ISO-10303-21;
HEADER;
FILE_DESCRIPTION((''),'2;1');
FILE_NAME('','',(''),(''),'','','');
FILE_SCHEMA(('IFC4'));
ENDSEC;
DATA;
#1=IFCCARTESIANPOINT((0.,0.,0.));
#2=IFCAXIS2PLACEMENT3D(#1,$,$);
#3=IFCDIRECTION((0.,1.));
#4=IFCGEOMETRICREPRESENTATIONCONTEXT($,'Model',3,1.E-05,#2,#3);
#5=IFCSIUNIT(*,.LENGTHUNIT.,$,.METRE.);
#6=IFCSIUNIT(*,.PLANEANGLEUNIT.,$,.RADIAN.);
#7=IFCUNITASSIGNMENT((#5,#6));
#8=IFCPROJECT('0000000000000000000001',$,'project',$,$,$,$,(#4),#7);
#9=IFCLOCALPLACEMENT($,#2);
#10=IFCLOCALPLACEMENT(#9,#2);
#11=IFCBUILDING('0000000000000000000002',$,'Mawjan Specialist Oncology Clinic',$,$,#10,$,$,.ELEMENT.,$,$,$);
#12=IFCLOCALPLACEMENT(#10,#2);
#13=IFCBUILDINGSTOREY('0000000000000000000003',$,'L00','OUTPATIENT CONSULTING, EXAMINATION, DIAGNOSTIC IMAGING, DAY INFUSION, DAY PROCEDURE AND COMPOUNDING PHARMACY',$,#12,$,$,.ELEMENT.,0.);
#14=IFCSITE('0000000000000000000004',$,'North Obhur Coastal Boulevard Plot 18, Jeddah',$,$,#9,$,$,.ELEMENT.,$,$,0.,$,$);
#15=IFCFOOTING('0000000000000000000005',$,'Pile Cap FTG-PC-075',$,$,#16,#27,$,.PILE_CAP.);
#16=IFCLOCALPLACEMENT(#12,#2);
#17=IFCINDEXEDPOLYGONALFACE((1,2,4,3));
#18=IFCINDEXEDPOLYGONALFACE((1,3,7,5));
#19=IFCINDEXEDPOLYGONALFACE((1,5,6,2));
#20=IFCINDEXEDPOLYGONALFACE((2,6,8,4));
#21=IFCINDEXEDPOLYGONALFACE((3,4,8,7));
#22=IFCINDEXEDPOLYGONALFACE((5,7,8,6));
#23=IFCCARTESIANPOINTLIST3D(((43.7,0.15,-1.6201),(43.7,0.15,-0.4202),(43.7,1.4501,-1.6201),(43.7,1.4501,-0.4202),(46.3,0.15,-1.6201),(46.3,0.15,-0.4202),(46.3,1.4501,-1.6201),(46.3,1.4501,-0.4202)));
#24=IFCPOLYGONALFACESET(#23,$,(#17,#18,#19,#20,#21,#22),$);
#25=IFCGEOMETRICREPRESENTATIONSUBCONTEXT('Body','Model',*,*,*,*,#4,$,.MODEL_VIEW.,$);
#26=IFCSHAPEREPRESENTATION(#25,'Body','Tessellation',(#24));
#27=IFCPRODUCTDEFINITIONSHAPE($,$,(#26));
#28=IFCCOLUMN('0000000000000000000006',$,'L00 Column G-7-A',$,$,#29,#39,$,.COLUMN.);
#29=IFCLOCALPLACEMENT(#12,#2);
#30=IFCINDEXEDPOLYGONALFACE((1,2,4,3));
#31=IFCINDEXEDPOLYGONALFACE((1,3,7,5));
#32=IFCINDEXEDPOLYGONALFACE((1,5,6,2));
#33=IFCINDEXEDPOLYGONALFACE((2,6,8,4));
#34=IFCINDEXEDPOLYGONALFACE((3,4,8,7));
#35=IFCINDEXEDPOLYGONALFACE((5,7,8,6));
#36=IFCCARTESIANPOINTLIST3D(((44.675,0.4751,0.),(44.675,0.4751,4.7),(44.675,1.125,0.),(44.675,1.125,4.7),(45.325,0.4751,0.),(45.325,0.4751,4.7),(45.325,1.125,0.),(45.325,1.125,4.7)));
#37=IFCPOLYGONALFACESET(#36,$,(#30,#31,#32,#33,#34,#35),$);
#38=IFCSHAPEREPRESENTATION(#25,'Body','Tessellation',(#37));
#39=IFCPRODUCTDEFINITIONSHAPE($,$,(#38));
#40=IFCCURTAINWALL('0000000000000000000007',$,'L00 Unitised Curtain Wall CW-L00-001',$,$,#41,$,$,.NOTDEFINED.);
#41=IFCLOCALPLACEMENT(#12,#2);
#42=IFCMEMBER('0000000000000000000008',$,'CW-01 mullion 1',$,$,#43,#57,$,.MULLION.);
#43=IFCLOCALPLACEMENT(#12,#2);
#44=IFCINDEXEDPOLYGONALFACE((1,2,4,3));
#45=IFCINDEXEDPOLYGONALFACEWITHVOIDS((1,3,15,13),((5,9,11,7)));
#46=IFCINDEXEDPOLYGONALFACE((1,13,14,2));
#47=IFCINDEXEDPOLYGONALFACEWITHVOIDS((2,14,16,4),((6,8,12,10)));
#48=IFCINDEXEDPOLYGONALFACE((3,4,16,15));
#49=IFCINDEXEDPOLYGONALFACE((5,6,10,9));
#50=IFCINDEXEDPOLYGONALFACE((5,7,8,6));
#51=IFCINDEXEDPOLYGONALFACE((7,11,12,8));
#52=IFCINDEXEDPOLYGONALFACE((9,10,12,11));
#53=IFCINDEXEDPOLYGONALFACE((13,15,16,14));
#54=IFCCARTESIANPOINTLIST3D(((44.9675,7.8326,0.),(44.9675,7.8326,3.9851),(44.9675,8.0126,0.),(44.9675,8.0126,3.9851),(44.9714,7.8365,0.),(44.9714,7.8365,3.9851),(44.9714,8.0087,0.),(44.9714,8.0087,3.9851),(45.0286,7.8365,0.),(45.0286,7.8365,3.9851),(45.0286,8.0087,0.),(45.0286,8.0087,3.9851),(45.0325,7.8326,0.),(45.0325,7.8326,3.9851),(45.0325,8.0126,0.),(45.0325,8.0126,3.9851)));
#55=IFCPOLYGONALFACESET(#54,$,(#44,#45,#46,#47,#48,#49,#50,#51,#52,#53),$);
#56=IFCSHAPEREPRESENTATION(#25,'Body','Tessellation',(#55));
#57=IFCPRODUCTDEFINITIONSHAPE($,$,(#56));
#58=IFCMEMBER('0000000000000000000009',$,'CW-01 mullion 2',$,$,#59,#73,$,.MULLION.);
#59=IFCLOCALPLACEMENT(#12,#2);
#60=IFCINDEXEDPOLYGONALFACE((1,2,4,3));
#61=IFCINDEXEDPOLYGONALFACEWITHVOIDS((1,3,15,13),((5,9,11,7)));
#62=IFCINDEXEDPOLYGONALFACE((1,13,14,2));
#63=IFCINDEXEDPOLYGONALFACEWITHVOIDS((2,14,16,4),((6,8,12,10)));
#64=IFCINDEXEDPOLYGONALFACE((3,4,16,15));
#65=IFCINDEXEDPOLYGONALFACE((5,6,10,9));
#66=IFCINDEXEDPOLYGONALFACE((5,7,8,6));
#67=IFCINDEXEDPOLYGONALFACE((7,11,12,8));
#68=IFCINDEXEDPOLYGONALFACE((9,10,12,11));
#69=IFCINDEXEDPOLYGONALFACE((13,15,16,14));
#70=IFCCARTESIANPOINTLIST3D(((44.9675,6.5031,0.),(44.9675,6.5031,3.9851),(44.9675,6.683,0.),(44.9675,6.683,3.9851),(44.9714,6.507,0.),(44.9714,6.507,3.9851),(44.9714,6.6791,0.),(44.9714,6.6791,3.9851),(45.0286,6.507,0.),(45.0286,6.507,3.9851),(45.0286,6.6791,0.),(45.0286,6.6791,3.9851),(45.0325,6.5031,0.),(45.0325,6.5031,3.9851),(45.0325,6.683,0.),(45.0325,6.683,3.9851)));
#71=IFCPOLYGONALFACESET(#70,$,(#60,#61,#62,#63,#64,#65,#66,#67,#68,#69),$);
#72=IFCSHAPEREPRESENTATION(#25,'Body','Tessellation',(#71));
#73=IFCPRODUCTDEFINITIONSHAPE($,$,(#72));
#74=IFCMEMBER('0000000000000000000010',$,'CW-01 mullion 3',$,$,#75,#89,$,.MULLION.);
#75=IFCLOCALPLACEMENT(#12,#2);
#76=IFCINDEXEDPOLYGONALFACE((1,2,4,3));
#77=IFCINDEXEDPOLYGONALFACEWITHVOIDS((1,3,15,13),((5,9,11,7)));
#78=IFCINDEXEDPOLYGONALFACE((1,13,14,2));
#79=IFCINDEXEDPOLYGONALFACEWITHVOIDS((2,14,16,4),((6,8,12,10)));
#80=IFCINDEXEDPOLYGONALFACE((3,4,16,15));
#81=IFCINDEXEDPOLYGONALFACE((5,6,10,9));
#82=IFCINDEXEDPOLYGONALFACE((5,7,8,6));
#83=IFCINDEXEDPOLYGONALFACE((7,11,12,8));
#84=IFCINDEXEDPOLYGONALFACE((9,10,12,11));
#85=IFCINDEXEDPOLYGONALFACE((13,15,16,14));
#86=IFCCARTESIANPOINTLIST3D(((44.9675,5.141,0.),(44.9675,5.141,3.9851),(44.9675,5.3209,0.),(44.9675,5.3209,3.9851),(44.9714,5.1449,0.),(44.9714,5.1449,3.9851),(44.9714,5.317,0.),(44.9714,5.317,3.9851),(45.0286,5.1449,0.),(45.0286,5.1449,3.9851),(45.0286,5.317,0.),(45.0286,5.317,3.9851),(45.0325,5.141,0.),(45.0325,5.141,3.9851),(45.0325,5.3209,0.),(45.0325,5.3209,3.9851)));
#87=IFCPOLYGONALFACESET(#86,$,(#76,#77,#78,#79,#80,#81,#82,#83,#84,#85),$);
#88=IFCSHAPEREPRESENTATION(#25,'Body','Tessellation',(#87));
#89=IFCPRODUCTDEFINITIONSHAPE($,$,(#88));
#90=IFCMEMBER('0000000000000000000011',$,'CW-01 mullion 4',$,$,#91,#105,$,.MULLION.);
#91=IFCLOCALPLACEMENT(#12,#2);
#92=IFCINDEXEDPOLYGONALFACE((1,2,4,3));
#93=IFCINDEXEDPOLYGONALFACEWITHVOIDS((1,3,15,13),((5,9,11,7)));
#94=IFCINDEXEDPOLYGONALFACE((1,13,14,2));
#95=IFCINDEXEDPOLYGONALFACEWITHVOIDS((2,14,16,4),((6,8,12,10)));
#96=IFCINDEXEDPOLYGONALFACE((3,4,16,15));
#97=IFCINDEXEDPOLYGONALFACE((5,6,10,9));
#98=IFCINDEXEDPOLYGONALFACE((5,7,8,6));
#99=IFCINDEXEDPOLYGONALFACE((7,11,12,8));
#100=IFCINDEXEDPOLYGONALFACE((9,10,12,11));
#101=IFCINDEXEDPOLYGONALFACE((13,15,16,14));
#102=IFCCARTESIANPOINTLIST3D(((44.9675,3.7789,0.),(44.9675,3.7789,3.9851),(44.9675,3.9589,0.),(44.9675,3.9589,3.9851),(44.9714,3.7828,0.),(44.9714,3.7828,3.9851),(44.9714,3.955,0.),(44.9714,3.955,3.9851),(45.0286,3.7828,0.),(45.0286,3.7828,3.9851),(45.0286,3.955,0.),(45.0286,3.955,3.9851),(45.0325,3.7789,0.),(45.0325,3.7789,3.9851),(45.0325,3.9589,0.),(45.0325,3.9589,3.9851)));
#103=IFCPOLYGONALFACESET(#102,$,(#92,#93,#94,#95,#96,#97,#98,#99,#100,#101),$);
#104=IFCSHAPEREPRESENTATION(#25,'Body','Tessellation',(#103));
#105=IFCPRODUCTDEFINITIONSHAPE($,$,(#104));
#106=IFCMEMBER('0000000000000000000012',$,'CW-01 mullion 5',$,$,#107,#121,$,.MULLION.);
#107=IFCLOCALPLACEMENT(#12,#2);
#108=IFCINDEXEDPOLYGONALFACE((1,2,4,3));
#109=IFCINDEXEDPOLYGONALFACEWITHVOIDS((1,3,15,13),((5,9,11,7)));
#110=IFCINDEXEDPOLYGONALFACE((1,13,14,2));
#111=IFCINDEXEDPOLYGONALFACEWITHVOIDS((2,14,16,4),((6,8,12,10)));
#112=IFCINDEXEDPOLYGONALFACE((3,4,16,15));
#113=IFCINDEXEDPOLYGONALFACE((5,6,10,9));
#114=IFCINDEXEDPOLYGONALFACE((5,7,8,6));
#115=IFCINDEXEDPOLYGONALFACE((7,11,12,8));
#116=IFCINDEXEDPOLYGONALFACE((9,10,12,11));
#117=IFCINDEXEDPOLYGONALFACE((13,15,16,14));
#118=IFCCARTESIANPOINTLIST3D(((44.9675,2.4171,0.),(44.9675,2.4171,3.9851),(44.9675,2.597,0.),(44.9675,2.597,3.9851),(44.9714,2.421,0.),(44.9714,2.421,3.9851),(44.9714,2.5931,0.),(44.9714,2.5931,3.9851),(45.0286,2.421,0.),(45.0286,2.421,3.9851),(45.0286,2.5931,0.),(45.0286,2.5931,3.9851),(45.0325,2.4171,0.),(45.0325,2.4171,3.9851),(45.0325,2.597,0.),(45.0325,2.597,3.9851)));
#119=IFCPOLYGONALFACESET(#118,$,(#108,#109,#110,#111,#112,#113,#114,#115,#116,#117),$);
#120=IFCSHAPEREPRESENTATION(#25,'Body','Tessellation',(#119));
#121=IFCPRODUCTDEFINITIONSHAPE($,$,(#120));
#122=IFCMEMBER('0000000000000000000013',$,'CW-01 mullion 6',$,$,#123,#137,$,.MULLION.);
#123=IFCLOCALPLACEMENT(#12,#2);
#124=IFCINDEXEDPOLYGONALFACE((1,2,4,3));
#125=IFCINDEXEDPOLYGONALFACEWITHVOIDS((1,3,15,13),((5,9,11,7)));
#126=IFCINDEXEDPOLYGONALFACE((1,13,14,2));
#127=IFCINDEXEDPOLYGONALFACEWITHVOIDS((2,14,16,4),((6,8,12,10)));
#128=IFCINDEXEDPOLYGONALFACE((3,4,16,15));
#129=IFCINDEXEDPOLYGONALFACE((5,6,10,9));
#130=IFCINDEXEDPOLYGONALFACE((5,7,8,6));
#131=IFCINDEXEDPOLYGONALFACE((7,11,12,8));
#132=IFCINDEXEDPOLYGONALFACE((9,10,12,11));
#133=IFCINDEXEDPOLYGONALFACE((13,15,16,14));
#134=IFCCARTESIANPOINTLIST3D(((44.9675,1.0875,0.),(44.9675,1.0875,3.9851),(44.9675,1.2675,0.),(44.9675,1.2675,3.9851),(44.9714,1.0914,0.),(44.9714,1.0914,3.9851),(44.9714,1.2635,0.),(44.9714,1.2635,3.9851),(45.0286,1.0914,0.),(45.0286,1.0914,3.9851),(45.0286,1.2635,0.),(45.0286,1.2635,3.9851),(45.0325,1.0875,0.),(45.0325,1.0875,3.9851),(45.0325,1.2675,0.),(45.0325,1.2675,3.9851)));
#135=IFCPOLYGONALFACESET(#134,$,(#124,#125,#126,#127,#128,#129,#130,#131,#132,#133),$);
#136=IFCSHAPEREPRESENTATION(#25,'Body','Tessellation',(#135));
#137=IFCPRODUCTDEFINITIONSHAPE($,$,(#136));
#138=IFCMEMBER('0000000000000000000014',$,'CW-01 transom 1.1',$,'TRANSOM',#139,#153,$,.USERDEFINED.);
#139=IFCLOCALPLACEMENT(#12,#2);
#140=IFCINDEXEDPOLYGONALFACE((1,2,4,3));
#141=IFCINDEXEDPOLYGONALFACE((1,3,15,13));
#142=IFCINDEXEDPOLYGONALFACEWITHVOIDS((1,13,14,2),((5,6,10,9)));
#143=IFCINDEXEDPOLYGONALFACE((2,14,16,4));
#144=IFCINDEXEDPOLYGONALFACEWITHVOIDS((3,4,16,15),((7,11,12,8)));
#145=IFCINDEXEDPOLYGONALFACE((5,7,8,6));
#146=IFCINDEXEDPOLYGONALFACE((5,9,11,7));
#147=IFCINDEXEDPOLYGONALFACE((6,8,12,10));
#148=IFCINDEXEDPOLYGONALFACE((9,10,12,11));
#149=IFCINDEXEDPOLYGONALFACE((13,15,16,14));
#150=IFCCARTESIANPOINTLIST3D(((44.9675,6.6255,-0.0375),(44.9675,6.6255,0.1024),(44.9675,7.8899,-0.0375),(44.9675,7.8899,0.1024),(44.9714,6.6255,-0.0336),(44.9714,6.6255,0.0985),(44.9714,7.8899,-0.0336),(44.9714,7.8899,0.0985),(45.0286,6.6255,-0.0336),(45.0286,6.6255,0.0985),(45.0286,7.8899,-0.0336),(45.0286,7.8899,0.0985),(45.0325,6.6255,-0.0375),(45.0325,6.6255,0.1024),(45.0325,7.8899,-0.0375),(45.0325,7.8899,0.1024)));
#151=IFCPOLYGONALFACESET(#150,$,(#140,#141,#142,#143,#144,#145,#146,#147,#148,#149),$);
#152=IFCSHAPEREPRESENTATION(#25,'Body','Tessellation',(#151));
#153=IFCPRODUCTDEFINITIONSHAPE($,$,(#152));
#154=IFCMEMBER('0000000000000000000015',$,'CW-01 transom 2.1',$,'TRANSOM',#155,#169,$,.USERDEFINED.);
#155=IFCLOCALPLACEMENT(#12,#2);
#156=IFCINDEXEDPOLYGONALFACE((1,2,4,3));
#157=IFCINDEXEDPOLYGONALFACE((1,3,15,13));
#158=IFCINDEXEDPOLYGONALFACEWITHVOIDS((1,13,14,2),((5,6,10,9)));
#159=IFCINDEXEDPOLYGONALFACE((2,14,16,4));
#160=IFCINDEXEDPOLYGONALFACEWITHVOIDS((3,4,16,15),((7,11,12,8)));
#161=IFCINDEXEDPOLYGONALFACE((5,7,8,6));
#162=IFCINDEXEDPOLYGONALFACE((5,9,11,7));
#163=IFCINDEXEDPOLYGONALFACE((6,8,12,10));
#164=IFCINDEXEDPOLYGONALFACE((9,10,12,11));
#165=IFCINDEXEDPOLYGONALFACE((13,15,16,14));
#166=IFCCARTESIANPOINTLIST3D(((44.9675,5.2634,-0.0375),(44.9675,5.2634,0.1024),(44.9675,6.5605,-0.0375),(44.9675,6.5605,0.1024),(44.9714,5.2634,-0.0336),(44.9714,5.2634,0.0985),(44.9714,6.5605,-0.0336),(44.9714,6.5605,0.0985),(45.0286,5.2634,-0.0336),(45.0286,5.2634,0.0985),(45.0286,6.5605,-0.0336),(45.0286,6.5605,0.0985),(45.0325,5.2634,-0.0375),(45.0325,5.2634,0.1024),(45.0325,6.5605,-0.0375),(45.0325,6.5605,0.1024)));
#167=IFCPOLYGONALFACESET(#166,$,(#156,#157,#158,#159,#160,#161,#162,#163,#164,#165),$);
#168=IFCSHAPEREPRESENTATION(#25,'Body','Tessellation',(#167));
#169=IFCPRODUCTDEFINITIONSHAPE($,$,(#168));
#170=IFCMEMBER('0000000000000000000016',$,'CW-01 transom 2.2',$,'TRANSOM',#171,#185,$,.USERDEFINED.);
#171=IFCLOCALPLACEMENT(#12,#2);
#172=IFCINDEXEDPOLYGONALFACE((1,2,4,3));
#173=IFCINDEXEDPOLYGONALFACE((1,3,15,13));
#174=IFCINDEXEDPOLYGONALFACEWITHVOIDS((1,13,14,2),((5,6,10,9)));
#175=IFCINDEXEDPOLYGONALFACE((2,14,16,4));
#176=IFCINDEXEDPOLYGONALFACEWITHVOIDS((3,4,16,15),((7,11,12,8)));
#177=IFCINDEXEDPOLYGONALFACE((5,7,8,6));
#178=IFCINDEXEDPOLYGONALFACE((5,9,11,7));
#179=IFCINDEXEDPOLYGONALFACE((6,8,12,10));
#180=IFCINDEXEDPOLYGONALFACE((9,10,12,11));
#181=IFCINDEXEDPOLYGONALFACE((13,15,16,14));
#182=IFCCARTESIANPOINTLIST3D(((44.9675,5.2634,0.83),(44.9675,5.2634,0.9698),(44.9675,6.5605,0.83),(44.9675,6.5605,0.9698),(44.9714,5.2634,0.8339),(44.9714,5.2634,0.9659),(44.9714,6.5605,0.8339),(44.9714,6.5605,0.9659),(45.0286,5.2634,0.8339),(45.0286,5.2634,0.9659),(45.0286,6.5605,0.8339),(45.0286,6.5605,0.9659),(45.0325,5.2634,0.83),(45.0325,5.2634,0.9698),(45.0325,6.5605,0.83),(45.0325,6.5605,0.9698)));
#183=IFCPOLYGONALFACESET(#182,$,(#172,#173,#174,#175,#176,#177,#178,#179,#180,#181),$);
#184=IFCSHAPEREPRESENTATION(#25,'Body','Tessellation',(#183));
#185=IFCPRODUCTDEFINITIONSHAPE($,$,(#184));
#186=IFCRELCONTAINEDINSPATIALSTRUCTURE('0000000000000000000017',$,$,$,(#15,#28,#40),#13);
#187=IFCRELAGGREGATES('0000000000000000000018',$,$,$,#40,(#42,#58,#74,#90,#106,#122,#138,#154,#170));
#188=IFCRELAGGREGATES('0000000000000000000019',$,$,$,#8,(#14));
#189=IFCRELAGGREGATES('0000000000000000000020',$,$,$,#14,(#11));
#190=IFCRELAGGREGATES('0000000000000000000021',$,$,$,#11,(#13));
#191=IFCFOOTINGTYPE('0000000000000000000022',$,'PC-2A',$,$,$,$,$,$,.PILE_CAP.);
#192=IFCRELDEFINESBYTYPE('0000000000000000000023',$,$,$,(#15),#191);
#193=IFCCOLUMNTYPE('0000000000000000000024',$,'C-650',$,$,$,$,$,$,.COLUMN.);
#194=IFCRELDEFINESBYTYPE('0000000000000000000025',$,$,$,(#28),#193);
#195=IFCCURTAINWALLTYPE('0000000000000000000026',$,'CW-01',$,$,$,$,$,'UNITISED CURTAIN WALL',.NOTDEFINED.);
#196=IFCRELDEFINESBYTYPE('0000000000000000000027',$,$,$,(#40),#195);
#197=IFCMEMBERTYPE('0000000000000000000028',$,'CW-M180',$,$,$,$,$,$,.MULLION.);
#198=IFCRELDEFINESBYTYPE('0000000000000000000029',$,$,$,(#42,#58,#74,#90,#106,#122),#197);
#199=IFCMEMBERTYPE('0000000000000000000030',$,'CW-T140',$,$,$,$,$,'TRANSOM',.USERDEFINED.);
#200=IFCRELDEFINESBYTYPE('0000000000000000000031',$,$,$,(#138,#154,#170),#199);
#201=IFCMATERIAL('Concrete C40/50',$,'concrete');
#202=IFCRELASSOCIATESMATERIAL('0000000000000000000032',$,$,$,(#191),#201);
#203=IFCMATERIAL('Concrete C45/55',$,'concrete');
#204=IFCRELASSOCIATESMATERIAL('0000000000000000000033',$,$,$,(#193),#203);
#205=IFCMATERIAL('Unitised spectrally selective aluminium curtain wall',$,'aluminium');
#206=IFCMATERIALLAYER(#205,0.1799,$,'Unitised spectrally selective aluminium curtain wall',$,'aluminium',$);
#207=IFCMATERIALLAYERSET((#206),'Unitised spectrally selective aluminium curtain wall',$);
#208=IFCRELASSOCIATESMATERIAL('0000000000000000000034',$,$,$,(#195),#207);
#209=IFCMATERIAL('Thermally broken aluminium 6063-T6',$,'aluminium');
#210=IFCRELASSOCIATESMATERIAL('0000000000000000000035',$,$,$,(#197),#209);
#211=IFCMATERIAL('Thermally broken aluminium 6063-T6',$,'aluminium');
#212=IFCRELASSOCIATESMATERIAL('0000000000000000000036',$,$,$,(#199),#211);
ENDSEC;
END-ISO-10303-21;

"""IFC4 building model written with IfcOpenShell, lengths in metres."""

from ifc_helpers import new_model, si_unit, direction, frame, origin, origin_2d, place, context, subcontext, project, spatial, rectangle, hollow_rectangle, extrude, material, layer, layer_set, material_profile, profile_set, type_object, element, aggregate, save


model = new_model("IFC4")

# Units and contexts
model_context = context("Model", 3, precision=1e-05, world=origin(), true_north=direction((0.0, 1.0)))
body_context = subcontext(model_context, "Body", "Model", "MODEL_VIEW")
ifc_project = project(units=[si_unit("LENGTHUNIT", "METRE"), si_unit("PLANEANGLEUNIT", "RADIAN")], contexts=[model_context])

# Site, building, storey
site_placement = place(None, origin())
site = spatial("IfcSite", under=ifc_project, at=site_placement, Name="North Obhur Coastal Boulevard Plot 18, Jeddah", CompositionType="ELEMENT", RefElevation=0.0)
building_placement = place(site_placement, origin())
building = spatial("IfcBuilding", under=site, at=building_placement, Name="Mawjan Specialist Oncology Clinic", CompositionType="ELEMENT")
storey_placement = place(building_placement, origin())
storey = spatial("IfcBuildingStorey", under=building, at=storey_placement, Name="L00", Description="OUTPATIENT CONSULTING, EXAMINATION, DIAGNOSTIC IMAGING, DAY INFUSION, DAY PROCEDURE AND COMPOUNDING PHARMACY", CompositionType="ELEMENT", Elevation=0.0)

# Footing
ifc_material_1 = material(Name="Concrete C40/50", Category="concrete")
footing_type = type_object("IfcFootingType", Name="PC-2A", PredefinedType="PILE_CAP", material=ifc_material_1)
footing_placement = place(storey_placement, frame((45.0, 0.8, -1.6201), z_axis=(0.0, 0.0, 1.0), x_axis=(1.0, 0.0, 0.0)))
element("IfcFooting", 1, at=footing_placement, inside=storey, type_object=footing_type, Name="Pile Cap FTG-PC-075", PredefinedType="PILE_CAP", context=body_context, shape_type="SweptSolid", body=[
    extrude(rectangle(XDim=2.6001, YDim=1.3, at=origin_2d()), origin(), (0.0, 0.0, 1.0), 1.2),
])

# Column
ifc_material_2 = material(Name="Concrete C45/55", Category="concrete")
ifc_material_profile_1 = material_profile(ifc_material_2, rectangle(XDim=0.6499, YDim=0.6499, at=origin_2d()), Name="RC COL 650x650", Category="concrete")
ifc_profile_set_1 = profile_set([ifc_material_profile_1], Name="Concrete C45/55")
column_type = type_object("IfcColumnType", Name="C-650", PredefinedType="COLUMN", material=ifc_profile_set_1)
column_placement = place(storey_placement, frame((45.0, 0.8, 0.0), z_axis=(0.0, 0.0, 1.0), x_axis=(1.0, 0.0, 0.0)))
element("IfcColumn", 2, at=column_placement, inside=storey, type_object=column_type, Name="L00 Column G-7-A", PredefinedType="COLUMN", context=body_context, shape_type="SweptSolid", body=[
    extrude(rectangle(XDim=0.6499, YDim=0.6499, at=origin_2d()), origin(), (0.0, 0.0, 1.0), 4.7),
])

# Curtain wall, members
ifc_material_3 = material(Name="Unitised spectrally selective aluminium curtain wall", Category="aluminium")
ifc_layer_1 = layer(ifc_material_3, 0.1799, Name="Unitised spectrally selective aluminium curtain wall", Category="aluminium")
ifc_layer_set_1 = layer_set([ifc_layer_1], Name="Unitised spectrally selective aluminium curtain wall")
curtain_wall_type = type_object("IfcCurtainWallType", Name="CW-01", ElementType="UNITISED CURTAIN WALL", PredefinedType="NOTDEFINED", material=ifc_layer_set_1)
curtain_wall_placement = place(storey_placement, origin())
curtain_wall = element("IfcCurtainWall", 3, at=curtain_wall_placement, inside=storey, type_object=curtain_wall_type, Name="L00 Unitised Curtain Wall CW-L00-001", PredefinedType="NOTDEFINED")
ifc_material_4 = material(Name="Thermally broken aluminium 6063-T6", Category="aluminium")
ifc_material_profile_2 = material_profile(ifc_material_4, hollow_rectangle(XDim=0.0649, YDim=0.1799, WallThickness=0.0039, at=origin_2d()), Name="ALU MULLION 180x65x4", Category="aluminium")
ifc_profile_set_2 = profile_set([ifc_material_profile_2], Name="Thermally broken aluminium 6063-T6")
member_type_1 = type_object("IfcMemberType", Name="CW-M180", PredefinedType="MULLION", material=ifc_profile_set_2)
member_1_placement = place(storey_placement, frame((45.0, 7.9226, 0.0), z_axis=(0.0, 0.0, 1.0), x_axis=(1.0, 0.0, 0.0)))
member_1 = element("IfcMember", 4, at=member_1_placement, type_object=member_type_1, Name="CW-01 mullion 1", PredefinedType="MULLION", context=body_context, shape_type="SweptSolid", body=[
    extrude(hollow_rectangle(XDim=0.0649, YDim=0.1799, WallThickness=0.0039, at=origin_2d()), origin(), (0.0, 0.0, 1.0), 3.9851),
])
member_2_placement = place(storey_placement, frame((45.0, 6.593, 0.0), z_axis=(0.0, 0.0, 1.0), x_axis=(1.0, 0.0, 0.0)))
member_2 = element("IfcMember", 5, at=member_2_placement, type_object=member_type_1, Name="CW-01 mullion 2", PredefinedType="MULLION", context=body_context, shape_type="SweptSolid", body=[
    extrude(hollow_rectangle(XDim=0.0649, YDim=0.1799, WallThickness=0.0039, at=origin_2d()), origin(), (0.0, 0.0, 1.0), 3.9851),
])
member_3_placement = place(storey_placement, frame((45.0, 5.231, 0.0), z_axis=(0.0, 0.0, 1.0), x_axis=(1.0, 0.0, 0.0)))
member_3 = element("IfcMember", 6, at=member_3_placement, type_object=member_type_1, Name="CW-01 mullion 3", PredefinedType="MULLION", context=body_context, shape_type="SweptSolid", body=[
    extrude(hollow_rectangle(XDim=0.0649, YDim=0.1799, WallThickness=0.0039, at=origin_2d()), origin(), (0.0, 0.0, 1.0), 3.9851),
])
member_4_placement = place(storey_placement, frame((45.0, 3.8689, 0.0), z_axis=(0.0, 0.0, 1.0), x_axis=(1.0, 0.0, 0.0)))
member_4 = element("IfcMember", 7, at=member_4_placement, type_object=member_type_1, Name="CW-01 mullion 4", PredefinedType="MULLION", context=body_context, shape_type="SweptSolid", body=[
    extrude(hollow_rectangle(XDim=0.0649, YDim=0.1799, WallThickness=0.0039, at=origin_2d()), origin(), (0.0, 0.0, 1.0), 3.9851),
])
member_5_placement = place(storey_placement, frame((45.0, 2.5071, 0.0), z_axis=(0.0, 0.0, 1.0), x_axis=(1.0, 0.0, 0.0)))
member_5 = element("IfcMember", 8, at=member_5_placement, type_object=member_type_1, Name="CW-01 mullion 5", PredefinedType="MULLION", context=body_context, shape_type="SweptSolid", body=[
    extrude(hollow_rectangle(XDim=0.0649, YDim=0.1799, WallThickness=0.0039, at=origin_2d()), origin(), (0.0, 0.0, 1.0), 3.9851),
])
member_6_placement = place(storey_placement, frame((45.0, 1.1775, 0.0), z_axis=(0.0, 0.0, 1.0), x_axis=(1.0, 0.0, 0.0)))
member_6 = element("IfcMember", 9, at=member_6_placement, type_object=member_type_1, Name="CW-01 mullion 6", PredefinedType="MULLION", context=body_context, shape_type="SweptSolid", body=[
    extrude(hollow_rectangle(XDim=0.0649, YDim=0.1799, WallThickness=0.0039, at=origin_2d()), origin(), (0.0, 0.0, 1.0), 3.9851),
])
ifc_material_5 = material(Name="Thermally broken aluminium 6063-T6", Category="aluminium")
ifc_material_profile_3 = material_profile(ifc_material_5, hollow_rectangle(XDim=0.0649, YDim=0.1399, WallThickness=0.0039, at=origin_2d()), Name="ALU TRANSOM 140x65x4", Category="aluminium")
ifc_profile_set_3 = profile_set([ifc_material_profile_3], Name="Thermally broken aluminium 6063-T6")
member_type_2 = type_object("IfcMemberType", Name="CW-T140", ElementType="TRANSOM", PredefinedType="USERDEFINED", material=ifc_profile_set_3)
member_7_placement = place(storey_placement, frame((45.0, 7.8899, 0.0325), z_axis=(0.0, -1.0, 0.0), x_axis=(1.0, 0.0, 0.0)))
member_7 = element("IfcMember", 10, at=member_7_placement, type_object=member_type_2, Name="CW-01 transom 1.1", ObjectType="TRANSOM", PredefinedType="USERDEFINED", context=body_context, shape_type="SweptSolid", body=[
    extrude(hollow_rectangle(XDim=0.0649, YDim=0.1399, WallThickness=0.0039, at=origin_2d()), origin(), (0.0, 0.0, 1.0), 1.2644),
])
member_8_placement = place(storey_placement, frame((45.0, 6.5605, 0.0325), z_axis=(0.0, -1.0, 0.0), x_axis=(1.0, 0.0, 0.0)))
member_8 = element("IfcMember", 11, at=member_8_placement, type_object=member_type_2, Name="CW-01 transom 2.1", ObjectType="TRANSOM", PredefinedType="USERDEFINED", context=body_context, shape_type="SweptSolid", body=[
    extrude(hollow_rectangle(XDim=0.0649, YDim=0.1399, WallThickness=0.0039, at=origin_2d()), origin(), (0.0, 0.0, 1.0), 1.2971),
])
member_9_placement = place(storey_placement, frame((45.0, 6.5605, 0.8999), z_axis=(0.0, -1.0, 0.0), x_axis=(1.0, 0.0, 0.0)))
member_9 = element("IfcMember", 12, at=member_9_placement, type_object=member_type_2, Name="CW-01 transom 2.2", ObjectType="TRANSOM", PredefinedType="USERDEFINED", context=body_context, shape_type="SweptSolid", body=[
    extrude(hollow_rectangle(XDim=0.0649, YDim=0.1399, WallThickness=0.0039, at=origin_2d()), origin(), (0.0, 0.0, 1.0), 1.2971),
])
aggregate(curtain_wall, [member_1, member_2, member_3, member_4, member_5, member_6, member_7, member_8, member_9])

save(model, "model.ifc")
